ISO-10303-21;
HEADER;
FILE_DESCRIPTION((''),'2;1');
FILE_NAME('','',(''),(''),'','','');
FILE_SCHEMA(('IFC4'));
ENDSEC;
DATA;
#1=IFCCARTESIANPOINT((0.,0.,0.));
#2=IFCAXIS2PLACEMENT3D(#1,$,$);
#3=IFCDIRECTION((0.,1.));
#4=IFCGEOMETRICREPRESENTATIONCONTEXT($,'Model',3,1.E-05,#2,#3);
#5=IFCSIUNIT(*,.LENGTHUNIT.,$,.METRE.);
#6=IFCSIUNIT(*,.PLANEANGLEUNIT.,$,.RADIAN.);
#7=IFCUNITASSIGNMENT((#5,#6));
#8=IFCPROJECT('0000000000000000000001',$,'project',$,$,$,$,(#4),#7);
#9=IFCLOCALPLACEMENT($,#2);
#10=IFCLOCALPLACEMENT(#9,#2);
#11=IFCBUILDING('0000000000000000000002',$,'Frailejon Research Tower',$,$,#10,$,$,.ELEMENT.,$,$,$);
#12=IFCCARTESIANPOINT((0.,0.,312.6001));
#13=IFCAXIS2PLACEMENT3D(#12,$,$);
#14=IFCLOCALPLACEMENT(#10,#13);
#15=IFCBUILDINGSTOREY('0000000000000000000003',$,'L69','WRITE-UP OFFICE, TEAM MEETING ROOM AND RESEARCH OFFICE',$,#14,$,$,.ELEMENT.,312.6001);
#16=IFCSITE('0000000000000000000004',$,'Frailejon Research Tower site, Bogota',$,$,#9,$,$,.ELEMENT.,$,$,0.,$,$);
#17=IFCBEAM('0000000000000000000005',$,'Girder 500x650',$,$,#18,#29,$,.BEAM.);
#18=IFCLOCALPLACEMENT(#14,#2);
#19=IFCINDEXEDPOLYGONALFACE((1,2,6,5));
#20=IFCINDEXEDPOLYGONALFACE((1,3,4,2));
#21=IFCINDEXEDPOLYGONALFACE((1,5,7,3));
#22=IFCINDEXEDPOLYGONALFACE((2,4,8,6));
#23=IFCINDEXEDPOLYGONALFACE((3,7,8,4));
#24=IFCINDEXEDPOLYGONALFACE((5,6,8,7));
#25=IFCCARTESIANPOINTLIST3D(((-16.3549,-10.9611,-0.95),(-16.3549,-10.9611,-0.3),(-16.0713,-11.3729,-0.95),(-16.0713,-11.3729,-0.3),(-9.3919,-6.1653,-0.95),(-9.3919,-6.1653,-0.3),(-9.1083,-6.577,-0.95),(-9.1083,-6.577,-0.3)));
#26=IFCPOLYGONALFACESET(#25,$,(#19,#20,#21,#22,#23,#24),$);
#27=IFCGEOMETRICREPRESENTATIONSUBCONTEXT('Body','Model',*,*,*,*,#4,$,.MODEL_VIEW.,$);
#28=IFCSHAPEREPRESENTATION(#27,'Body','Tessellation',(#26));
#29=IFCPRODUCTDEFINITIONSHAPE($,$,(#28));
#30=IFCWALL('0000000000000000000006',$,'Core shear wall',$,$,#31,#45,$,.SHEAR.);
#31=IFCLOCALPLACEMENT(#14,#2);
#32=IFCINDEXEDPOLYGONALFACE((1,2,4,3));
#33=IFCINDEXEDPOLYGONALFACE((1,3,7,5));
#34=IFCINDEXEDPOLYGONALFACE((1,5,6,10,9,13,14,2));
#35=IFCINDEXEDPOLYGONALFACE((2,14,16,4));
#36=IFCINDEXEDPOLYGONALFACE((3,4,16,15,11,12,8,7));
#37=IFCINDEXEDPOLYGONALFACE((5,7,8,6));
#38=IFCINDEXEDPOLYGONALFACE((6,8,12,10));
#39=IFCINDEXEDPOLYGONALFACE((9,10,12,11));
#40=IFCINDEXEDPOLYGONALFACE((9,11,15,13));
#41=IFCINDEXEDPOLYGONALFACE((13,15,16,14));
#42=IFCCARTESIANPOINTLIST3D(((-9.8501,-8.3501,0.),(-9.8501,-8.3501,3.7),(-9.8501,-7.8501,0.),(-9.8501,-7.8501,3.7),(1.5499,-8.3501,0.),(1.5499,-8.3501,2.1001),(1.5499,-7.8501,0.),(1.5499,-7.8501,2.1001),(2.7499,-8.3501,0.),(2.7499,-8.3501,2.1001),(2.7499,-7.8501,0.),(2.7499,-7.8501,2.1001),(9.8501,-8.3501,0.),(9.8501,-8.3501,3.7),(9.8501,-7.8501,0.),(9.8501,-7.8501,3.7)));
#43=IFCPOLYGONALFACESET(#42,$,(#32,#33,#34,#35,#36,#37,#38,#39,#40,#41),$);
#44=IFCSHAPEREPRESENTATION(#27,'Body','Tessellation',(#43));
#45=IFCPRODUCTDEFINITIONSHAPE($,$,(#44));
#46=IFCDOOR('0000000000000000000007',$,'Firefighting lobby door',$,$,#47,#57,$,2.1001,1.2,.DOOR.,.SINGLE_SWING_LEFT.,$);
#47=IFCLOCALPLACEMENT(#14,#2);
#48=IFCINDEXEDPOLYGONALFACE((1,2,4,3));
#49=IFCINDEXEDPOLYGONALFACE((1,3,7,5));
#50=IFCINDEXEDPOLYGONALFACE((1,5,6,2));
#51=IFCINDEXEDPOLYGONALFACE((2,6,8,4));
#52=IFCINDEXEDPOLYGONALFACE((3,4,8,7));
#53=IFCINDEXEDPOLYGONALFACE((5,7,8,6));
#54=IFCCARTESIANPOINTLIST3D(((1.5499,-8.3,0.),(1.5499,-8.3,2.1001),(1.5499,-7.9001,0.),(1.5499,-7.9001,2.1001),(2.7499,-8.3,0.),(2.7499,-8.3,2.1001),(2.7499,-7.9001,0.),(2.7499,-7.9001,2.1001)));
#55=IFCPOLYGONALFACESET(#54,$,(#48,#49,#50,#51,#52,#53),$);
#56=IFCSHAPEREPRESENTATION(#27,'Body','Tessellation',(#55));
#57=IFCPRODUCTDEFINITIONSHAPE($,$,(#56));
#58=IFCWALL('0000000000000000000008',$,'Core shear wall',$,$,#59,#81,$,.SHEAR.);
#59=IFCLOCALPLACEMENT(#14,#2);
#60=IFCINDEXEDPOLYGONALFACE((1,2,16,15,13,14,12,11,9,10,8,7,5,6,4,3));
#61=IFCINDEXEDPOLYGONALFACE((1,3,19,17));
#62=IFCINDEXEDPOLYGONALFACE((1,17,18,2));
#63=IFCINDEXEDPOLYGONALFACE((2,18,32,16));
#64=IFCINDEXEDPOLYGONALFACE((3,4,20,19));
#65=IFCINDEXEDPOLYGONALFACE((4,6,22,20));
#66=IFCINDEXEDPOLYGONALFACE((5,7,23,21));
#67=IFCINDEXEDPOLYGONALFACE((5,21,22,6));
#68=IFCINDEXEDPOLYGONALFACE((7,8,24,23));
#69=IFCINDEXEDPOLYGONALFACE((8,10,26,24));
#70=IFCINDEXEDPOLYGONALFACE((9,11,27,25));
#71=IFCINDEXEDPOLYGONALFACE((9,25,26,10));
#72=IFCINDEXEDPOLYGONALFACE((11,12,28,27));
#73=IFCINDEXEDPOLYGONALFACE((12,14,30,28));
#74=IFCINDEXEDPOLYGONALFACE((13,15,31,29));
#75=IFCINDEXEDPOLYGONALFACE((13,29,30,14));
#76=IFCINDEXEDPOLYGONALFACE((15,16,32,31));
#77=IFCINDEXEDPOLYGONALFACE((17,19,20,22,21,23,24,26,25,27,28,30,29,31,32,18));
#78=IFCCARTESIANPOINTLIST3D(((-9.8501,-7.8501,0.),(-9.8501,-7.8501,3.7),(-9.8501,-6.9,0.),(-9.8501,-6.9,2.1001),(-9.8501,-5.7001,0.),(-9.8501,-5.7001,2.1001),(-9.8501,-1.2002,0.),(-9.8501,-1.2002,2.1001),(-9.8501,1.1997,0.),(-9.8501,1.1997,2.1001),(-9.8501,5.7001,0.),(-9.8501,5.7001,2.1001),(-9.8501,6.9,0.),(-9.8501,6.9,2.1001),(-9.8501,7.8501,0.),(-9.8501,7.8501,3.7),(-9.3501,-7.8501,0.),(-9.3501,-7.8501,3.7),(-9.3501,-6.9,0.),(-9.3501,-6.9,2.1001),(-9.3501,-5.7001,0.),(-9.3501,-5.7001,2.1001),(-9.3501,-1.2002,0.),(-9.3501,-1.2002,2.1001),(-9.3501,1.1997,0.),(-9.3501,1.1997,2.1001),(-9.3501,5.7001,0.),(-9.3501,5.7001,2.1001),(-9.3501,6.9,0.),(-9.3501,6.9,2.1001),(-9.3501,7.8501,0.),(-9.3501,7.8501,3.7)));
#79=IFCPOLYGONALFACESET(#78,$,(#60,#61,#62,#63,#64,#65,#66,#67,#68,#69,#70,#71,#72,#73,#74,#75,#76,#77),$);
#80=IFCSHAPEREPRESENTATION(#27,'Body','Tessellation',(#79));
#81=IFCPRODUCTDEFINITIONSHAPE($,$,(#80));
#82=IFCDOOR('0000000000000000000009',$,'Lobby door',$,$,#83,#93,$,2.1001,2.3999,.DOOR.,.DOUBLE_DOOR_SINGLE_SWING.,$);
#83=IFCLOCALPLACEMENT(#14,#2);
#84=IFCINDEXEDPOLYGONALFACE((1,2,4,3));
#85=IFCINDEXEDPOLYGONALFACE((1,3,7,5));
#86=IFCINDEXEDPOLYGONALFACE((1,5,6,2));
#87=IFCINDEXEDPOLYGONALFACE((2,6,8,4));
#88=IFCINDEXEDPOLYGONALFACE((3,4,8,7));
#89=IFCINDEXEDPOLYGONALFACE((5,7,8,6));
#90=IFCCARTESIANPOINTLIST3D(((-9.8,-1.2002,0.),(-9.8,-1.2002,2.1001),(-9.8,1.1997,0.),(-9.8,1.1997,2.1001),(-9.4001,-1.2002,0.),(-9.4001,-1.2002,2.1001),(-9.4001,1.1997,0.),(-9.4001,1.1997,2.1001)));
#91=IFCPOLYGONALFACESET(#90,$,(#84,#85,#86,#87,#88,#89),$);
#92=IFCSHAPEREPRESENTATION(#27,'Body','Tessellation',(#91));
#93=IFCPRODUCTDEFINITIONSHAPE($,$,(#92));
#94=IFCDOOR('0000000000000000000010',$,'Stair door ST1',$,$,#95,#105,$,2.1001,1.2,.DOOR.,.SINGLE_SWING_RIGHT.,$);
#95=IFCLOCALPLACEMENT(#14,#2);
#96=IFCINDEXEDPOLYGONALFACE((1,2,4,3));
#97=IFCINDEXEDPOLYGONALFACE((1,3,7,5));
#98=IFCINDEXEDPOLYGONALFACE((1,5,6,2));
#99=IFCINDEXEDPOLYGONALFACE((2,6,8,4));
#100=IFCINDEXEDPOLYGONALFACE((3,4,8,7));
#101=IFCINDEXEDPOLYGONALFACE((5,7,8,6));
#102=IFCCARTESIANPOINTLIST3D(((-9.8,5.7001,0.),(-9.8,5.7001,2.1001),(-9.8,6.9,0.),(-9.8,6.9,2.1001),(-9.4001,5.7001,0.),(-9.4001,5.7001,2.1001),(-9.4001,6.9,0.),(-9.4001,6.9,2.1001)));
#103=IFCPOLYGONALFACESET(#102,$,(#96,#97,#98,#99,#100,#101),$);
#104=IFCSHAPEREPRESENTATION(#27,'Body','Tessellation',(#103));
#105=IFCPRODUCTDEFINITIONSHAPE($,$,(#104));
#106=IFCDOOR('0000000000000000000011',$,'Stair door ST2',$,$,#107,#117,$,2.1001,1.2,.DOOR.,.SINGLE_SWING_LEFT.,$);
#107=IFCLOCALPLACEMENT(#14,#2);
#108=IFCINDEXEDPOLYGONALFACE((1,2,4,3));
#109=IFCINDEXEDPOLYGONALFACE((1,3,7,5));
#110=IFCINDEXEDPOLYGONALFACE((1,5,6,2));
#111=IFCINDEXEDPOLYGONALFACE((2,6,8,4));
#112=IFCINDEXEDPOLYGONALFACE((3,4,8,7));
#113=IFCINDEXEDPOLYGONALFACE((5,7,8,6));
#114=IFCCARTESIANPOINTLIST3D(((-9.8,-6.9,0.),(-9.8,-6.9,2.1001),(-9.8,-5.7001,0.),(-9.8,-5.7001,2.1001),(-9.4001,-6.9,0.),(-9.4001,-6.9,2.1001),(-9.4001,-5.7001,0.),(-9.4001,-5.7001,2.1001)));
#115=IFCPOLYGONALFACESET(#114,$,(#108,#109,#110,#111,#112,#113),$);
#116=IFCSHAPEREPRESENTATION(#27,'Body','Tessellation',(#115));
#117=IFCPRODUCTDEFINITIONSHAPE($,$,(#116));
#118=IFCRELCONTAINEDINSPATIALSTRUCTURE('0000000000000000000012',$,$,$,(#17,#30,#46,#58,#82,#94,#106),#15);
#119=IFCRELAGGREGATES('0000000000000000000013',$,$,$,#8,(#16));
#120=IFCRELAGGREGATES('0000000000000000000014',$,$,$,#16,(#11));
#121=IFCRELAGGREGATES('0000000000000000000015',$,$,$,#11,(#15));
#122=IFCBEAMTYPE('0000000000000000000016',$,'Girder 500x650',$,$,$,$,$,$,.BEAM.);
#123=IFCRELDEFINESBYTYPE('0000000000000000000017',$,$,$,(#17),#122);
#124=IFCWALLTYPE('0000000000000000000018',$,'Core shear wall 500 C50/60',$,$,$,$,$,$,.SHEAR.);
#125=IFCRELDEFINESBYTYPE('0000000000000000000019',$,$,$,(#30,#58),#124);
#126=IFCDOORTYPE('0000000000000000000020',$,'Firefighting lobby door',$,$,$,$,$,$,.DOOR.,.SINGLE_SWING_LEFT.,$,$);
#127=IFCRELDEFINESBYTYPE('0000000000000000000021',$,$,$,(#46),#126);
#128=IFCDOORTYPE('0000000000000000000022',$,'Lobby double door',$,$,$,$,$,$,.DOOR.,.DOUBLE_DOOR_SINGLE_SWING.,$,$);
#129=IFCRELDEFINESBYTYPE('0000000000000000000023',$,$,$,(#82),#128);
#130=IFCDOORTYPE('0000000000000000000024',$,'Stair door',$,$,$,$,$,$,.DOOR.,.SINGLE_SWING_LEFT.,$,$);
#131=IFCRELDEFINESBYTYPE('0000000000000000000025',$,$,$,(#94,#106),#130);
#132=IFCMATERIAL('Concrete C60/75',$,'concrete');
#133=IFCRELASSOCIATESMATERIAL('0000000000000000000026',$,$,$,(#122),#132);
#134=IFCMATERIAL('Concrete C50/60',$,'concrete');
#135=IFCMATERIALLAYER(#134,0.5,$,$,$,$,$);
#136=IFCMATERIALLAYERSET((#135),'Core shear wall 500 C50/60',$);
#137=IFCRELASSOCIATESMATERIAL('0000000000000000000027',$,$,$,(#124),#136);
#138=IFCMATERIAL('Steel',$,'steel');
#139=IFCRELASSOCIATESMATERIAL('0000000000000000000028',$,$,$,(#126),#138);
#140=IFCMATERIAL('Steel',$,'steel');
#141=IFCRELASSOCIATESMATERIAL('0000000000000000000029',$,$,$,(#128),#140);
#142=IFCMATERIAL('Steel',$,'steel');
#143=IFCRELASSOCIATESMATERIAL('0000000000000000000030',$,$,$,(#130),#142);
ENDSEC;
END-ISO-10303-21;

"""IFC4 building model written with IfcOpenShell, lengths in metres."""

from ifc_helpers import new_model, si_unit, direction, frame, frame_2d, origin, origin_2d, place, context, subcontext, project, spatial, rectangle, extrude, material, layer, layer_set, material_profile, profile_set, type_object, element, fill, save


model = new_model("IFC4")

# Units and contexts
model_context = context("Model", 3, precision=1e-05, world=origin(), true_north=direction((0.0, 1.0)))
body_context = subcontext(model_context, "Body", "Model", "MODEL_VIEW")
ifc_project = project(units=[si_unit("LENGTHUNIT", "METRE"), si_unit("PLANEANGLEUNIT", "RADIAN")], contexts=[model_context])

# Site, building, storey
site_placement = place(None, origin())
site = spatial("IfcSite", under=ifc_project, at=site_placement, Name="Frailejon Research Tower site, Bogota", CompositionType="ELEMENT", RefElevation=0.0)
building_placement = place(site_placement, origin())
building = spatial("IfcBuilding", under=site, at=building_placement, Name="Frailejon Research Tower", CompositionType="ELEMENT")
storey_placement = place(building_placement, frame((0.0, 0.0, 312.6001)))
storey = spatial("IfcBuildingStorey", under=building, at=storey_placement, Name="L69", Description="WRITE-UP OFFICE, TEAM MEETING ROOM AND RESEARCH OFFICE", CompositionType="ELEMENT", Elevation=312.6001)

# Beam
ifc_material_1 = material(Name="Concrete C60/75", Category="concrete")
ifc_material_profile = material_profile(ifc_material_1, rectangle(XDim=0.5, YDim=0.6499, at=origin_2d()), Name="Girder 500x650")
ifc_profile_set = profile_set([ifc_material_profile], Name="Concrete C60/75")
beam_type = type_object("IfcBeamType", Name="Girder 500x650", PredefinedType="BEAM", material=ifc_profile_set)
beam_placement = place(storey_placement, frame((-16.2131, -11.167, -0.625), z_axis=(0.823559, 0.567231, 0.0), x_axis=(-0.567231, 0.823559, 0.0)))
element("IfcBeam", 1, at=beam_placement, inside=storey, type_object=beam_type, Name="Girder 500x650", PredefinedType="BEAM", context=body_context, shape_type="SweptSolid", body=[
    extrude(rectangle(XDim=0.5, YDim=0.6499, at=origin_2d()), origin(), (0.0, 0.0, 1.0), 8.4548),
])

# Wall, opening, door
ifc_material_2 = material(Name="Concrete C50/60", Category="concrete")
ifc_layer_1 = layer(ifc_material_2, 0.5)
ifc_layer_set_1 = layer_set([ifc_layer_1], Name="Core shear wall 500 C50/60")
wall_type_1 = type_object("IfcWallType", Name="Core shear wall 500 C50/60", PredefinedType="SHEAR", material=ifc_layer_set_1)
wall_1_placement = place(storey_placement, frame((-9.8501, -8.1001, 0.0), z_axis=(0.0, 0.0, 1.0), x_axis=(1.0, 0.0, 0.0)))
wall_1 = element("IfcWall", 2, at=wall_1_placement, inside=storey, type_object=wall_type_1, Name="Core shear wall", PredefinedType="SHEAR", context=body_context, shape_type="SweptSolid", body=[
    extrude(rectangle(XDim=19.7002, YDim=0.5, at=frame_2d((9.8501, 0.0))), origin(), (0.0, 0.0, 1.0), 3.7),
])
opening_1_placement = place(wall_1_placement, frame((11.3999, 0.0, 0.0)))
opening_1 = element("IfcOpeningElement", 3, at=opening_1_placement, cuts=wall_1, PredefinedType="OPENING", context=body_context, shape_type="SweptSolid", body=[
    extrude(rectangle(XDim=1.2, YDim=2.1001, at=frame_2d((0.6001, 1.05))), frame((0.0, 0.26, 0.0), z_axis=(0.0, -1.0, 0.0), x_axis=(1.0, 0.0, 0.0)), (0.0, 0.0, 1.0), 0.52),
])
ifc_material_3 = material(Name="Steel", Category="steel")
door_type_1 = type_object("IfcDoorType", Name="Firefighting lobby door", OperationType="SINGLE_SWING_LEFT", PredefinedType="DOOR", material=ifc_material_3)
door_1_placement = place(opening_1_placement, origin())
door_1 = element("IfcDoor", 4, at=door_1_placement, inside=storey, type_object=door_type_1, Name="Firefighting lobby door", OperationType="SINGLE_SWING_LEFT", OverallHeight=2.1001, OverallWidth=1.2, PredefinedType="DOOR", context=body_context, shape_type="SweptSolid", body=[
    extrude(rectangle(XDim=1.2, YDim=2.1001, at=frame_2d((0.6001, 1.05))), frame((0.0, 0.2, 0.0), z_axis=(0.0, -1.0, 0.0), x_axis=(1.0, 0.0, 0.0)), (0.0, 0.0, 1.0), 0.3999),
])
fill(opening_1, door_1)

# Wall, openings, doors
wall_2_placement = place(storey_placement, frame((-9.6001, -7.8501, 0.0), z_axis=(0.0, 0.0, 1.0), x_axis=(0.0, 1.0, 0.0)))
wall_2 = element("IfcWall", 5, at=wall_2_placement, inside=storey, type_object=wall_type_1, Name="Core shear wall", PredefinedType="SHEAR", context=body_context, shape_type="SweptSolid", body=[
    extrude(rectangle(XDim=15.7002, YDim=0.5, at=frame_2d((7.8501, 0.0))), origin(), (0.0, 0.0, 1.0), 3.7),
])
opening_2_placement = place(wall_2_placement, frame((6.6499, 0.0, 0.0)))
opening_2 = element("IfcOpeningElement", 6, at=opening_2_placement, cuts=wall_2, PredefinedType="OPENING", context=body_context, shape_type="SweptSolid", body=[
    extrude(rectangle(XDim=2.3999, YDim=2.1001, at=frame_2d((1.2, 1.05))), frame((0.0, 0.26, 0.0), z_axis=(0.0, -1.0, 0.0), x_axis=(1.0, 0.0, 0.0)), (0.0, 0.0, 1.0), 0.52),
])
opening_3_placement = place(wall_2_placement, frame((13.55, 0.0, 0.0)))
opening_3 = element("IfcOpeningElement", 7, at=opening_3_placement, cuts=wall_2, PredefinedType="OPENING", context=body_context, shape_type="SweptSolid", body=[
    extrude(rectangle(XDim=1.2, YDim=2.1001, at=frame_2d((0.6001, 1.05))), frame((0.0, 0.26, 0.0), z_axis=(0.0, -1.0, 0.0), x_axis=(1.0, 0.0, 0.0)), (0.0, 0.0, 1.0), 0.52),
])
opening_4_placement = place(wall_2_placement, frame((0.95, 0.0, 0.0)))
opening_4 = element("IfcOpeningElement", 8, at=opening_4_placement, cuts=wall_2, PredefinedType="OPENING", context=body_context, shape_type="SweptSolid", body=[
    extrude(rectangle(XDim=1.2, YDim=2.1001, at=frame_2d((0.6001, 1.05))), frame((0.0, 0.26, 0.0), z_axis=(0.0, -1.0, 0.0), x_axis=(1.0, 0.0, 0.0)), (0.0, 0.0, 1.0), 0.52),
])
ifc_material_4 = material(Name="Steel", Category="steel")
door_type_2 = type_object("IfcDoorType", Name="Lobby double door", OperationType="DOUBLE_DOOR_SINGLE_SWING", PredefinedType="DOOR", material=ifc_material_4)
door_2_placement = place(opening_2_placement, origin())
door_2 = element("IfcDoor", 9, at=door_2_placement, inside=storey, type_object=door_type_2, Name="Lobby door", OperationType="DOUBLE_DOOR_SINGLE_SWING", OverallHeight=2.1001, OverallWidth=2.3999, PredefinedType="DOOR", context=body_context, shape_type="SweptSolid", body=[
    extrude(rectangle(XDim=2.3999, YDim=2.1001, at=frame_2d((1.2, 1.05))), frame((0.0, 0.2, 0.0), z_axis=(0.0, -1.0, 0.0), x_axis=(1.0, 0.0, 0.0)), (0.0, 0.0, 1.0), 0.3999),
])
fill(opening_2, door_2)
ifc_material_5 = material(Name="Steel", Category="steel")
door_type_3 = type_object("IfcDoorType", Name="Stair door", OperationType="SINGLE_SWING_LEFT", PredefinedType="DOOR", material=ifc_material_5)
door_3_placement = place(opening_3_placement, origin())
door_3 = element("IfcDoor", 10, at=door_3_placement, inside=storey, type_object=door_type_3, Name="Stair door ST1", OperationType="SINGLE_SWING_RIGHT", OverallHeight=2.1001, OverallWidth=1.2, PredefinedType="DOOR", context=body_context, shape_type="SweptSolid", body=[
    extrude(rectangle(XDim=1.2, YDim=2.1001, at=frame_2d((0.6001, 1.05))), frame((0.0, 0.2, 0.0), z_axis=(0.0, -1.0, 0.0), x_axis=(1.0, 0.0, 0.0)), (0.0, 0.0, 1.0), 0.3999),
])
fill(opening_3, door_3)
door_4_placement = place(opening_4_placement, origin())
door_4 = element("IfcDoor", 11, at=door_4_placement, inside=storey, type_object=door_type_3, Name="Stair door ST2", OperationType="SINGLE_SWING_LEFT", OverallHeight=2.1001, OverallWidth=1.2, PredefinedType="DOOR", context=body_context, shape_type="SweptSolid", body=[
    extrude(rectangle(XDim=1.2, YDim=2.1001, at=frame_2d((0.6001, 1.05))), frame((0.0, 0.2, 0.0), z_axis=(0.0, -1.0, 0.0), x_axis=(1.0, 0.0, 0.0)), (0.0, 0.0, 1.0), 0.3999),
])
fill(opening_4, door_4)

save(model, "model.ifc")
